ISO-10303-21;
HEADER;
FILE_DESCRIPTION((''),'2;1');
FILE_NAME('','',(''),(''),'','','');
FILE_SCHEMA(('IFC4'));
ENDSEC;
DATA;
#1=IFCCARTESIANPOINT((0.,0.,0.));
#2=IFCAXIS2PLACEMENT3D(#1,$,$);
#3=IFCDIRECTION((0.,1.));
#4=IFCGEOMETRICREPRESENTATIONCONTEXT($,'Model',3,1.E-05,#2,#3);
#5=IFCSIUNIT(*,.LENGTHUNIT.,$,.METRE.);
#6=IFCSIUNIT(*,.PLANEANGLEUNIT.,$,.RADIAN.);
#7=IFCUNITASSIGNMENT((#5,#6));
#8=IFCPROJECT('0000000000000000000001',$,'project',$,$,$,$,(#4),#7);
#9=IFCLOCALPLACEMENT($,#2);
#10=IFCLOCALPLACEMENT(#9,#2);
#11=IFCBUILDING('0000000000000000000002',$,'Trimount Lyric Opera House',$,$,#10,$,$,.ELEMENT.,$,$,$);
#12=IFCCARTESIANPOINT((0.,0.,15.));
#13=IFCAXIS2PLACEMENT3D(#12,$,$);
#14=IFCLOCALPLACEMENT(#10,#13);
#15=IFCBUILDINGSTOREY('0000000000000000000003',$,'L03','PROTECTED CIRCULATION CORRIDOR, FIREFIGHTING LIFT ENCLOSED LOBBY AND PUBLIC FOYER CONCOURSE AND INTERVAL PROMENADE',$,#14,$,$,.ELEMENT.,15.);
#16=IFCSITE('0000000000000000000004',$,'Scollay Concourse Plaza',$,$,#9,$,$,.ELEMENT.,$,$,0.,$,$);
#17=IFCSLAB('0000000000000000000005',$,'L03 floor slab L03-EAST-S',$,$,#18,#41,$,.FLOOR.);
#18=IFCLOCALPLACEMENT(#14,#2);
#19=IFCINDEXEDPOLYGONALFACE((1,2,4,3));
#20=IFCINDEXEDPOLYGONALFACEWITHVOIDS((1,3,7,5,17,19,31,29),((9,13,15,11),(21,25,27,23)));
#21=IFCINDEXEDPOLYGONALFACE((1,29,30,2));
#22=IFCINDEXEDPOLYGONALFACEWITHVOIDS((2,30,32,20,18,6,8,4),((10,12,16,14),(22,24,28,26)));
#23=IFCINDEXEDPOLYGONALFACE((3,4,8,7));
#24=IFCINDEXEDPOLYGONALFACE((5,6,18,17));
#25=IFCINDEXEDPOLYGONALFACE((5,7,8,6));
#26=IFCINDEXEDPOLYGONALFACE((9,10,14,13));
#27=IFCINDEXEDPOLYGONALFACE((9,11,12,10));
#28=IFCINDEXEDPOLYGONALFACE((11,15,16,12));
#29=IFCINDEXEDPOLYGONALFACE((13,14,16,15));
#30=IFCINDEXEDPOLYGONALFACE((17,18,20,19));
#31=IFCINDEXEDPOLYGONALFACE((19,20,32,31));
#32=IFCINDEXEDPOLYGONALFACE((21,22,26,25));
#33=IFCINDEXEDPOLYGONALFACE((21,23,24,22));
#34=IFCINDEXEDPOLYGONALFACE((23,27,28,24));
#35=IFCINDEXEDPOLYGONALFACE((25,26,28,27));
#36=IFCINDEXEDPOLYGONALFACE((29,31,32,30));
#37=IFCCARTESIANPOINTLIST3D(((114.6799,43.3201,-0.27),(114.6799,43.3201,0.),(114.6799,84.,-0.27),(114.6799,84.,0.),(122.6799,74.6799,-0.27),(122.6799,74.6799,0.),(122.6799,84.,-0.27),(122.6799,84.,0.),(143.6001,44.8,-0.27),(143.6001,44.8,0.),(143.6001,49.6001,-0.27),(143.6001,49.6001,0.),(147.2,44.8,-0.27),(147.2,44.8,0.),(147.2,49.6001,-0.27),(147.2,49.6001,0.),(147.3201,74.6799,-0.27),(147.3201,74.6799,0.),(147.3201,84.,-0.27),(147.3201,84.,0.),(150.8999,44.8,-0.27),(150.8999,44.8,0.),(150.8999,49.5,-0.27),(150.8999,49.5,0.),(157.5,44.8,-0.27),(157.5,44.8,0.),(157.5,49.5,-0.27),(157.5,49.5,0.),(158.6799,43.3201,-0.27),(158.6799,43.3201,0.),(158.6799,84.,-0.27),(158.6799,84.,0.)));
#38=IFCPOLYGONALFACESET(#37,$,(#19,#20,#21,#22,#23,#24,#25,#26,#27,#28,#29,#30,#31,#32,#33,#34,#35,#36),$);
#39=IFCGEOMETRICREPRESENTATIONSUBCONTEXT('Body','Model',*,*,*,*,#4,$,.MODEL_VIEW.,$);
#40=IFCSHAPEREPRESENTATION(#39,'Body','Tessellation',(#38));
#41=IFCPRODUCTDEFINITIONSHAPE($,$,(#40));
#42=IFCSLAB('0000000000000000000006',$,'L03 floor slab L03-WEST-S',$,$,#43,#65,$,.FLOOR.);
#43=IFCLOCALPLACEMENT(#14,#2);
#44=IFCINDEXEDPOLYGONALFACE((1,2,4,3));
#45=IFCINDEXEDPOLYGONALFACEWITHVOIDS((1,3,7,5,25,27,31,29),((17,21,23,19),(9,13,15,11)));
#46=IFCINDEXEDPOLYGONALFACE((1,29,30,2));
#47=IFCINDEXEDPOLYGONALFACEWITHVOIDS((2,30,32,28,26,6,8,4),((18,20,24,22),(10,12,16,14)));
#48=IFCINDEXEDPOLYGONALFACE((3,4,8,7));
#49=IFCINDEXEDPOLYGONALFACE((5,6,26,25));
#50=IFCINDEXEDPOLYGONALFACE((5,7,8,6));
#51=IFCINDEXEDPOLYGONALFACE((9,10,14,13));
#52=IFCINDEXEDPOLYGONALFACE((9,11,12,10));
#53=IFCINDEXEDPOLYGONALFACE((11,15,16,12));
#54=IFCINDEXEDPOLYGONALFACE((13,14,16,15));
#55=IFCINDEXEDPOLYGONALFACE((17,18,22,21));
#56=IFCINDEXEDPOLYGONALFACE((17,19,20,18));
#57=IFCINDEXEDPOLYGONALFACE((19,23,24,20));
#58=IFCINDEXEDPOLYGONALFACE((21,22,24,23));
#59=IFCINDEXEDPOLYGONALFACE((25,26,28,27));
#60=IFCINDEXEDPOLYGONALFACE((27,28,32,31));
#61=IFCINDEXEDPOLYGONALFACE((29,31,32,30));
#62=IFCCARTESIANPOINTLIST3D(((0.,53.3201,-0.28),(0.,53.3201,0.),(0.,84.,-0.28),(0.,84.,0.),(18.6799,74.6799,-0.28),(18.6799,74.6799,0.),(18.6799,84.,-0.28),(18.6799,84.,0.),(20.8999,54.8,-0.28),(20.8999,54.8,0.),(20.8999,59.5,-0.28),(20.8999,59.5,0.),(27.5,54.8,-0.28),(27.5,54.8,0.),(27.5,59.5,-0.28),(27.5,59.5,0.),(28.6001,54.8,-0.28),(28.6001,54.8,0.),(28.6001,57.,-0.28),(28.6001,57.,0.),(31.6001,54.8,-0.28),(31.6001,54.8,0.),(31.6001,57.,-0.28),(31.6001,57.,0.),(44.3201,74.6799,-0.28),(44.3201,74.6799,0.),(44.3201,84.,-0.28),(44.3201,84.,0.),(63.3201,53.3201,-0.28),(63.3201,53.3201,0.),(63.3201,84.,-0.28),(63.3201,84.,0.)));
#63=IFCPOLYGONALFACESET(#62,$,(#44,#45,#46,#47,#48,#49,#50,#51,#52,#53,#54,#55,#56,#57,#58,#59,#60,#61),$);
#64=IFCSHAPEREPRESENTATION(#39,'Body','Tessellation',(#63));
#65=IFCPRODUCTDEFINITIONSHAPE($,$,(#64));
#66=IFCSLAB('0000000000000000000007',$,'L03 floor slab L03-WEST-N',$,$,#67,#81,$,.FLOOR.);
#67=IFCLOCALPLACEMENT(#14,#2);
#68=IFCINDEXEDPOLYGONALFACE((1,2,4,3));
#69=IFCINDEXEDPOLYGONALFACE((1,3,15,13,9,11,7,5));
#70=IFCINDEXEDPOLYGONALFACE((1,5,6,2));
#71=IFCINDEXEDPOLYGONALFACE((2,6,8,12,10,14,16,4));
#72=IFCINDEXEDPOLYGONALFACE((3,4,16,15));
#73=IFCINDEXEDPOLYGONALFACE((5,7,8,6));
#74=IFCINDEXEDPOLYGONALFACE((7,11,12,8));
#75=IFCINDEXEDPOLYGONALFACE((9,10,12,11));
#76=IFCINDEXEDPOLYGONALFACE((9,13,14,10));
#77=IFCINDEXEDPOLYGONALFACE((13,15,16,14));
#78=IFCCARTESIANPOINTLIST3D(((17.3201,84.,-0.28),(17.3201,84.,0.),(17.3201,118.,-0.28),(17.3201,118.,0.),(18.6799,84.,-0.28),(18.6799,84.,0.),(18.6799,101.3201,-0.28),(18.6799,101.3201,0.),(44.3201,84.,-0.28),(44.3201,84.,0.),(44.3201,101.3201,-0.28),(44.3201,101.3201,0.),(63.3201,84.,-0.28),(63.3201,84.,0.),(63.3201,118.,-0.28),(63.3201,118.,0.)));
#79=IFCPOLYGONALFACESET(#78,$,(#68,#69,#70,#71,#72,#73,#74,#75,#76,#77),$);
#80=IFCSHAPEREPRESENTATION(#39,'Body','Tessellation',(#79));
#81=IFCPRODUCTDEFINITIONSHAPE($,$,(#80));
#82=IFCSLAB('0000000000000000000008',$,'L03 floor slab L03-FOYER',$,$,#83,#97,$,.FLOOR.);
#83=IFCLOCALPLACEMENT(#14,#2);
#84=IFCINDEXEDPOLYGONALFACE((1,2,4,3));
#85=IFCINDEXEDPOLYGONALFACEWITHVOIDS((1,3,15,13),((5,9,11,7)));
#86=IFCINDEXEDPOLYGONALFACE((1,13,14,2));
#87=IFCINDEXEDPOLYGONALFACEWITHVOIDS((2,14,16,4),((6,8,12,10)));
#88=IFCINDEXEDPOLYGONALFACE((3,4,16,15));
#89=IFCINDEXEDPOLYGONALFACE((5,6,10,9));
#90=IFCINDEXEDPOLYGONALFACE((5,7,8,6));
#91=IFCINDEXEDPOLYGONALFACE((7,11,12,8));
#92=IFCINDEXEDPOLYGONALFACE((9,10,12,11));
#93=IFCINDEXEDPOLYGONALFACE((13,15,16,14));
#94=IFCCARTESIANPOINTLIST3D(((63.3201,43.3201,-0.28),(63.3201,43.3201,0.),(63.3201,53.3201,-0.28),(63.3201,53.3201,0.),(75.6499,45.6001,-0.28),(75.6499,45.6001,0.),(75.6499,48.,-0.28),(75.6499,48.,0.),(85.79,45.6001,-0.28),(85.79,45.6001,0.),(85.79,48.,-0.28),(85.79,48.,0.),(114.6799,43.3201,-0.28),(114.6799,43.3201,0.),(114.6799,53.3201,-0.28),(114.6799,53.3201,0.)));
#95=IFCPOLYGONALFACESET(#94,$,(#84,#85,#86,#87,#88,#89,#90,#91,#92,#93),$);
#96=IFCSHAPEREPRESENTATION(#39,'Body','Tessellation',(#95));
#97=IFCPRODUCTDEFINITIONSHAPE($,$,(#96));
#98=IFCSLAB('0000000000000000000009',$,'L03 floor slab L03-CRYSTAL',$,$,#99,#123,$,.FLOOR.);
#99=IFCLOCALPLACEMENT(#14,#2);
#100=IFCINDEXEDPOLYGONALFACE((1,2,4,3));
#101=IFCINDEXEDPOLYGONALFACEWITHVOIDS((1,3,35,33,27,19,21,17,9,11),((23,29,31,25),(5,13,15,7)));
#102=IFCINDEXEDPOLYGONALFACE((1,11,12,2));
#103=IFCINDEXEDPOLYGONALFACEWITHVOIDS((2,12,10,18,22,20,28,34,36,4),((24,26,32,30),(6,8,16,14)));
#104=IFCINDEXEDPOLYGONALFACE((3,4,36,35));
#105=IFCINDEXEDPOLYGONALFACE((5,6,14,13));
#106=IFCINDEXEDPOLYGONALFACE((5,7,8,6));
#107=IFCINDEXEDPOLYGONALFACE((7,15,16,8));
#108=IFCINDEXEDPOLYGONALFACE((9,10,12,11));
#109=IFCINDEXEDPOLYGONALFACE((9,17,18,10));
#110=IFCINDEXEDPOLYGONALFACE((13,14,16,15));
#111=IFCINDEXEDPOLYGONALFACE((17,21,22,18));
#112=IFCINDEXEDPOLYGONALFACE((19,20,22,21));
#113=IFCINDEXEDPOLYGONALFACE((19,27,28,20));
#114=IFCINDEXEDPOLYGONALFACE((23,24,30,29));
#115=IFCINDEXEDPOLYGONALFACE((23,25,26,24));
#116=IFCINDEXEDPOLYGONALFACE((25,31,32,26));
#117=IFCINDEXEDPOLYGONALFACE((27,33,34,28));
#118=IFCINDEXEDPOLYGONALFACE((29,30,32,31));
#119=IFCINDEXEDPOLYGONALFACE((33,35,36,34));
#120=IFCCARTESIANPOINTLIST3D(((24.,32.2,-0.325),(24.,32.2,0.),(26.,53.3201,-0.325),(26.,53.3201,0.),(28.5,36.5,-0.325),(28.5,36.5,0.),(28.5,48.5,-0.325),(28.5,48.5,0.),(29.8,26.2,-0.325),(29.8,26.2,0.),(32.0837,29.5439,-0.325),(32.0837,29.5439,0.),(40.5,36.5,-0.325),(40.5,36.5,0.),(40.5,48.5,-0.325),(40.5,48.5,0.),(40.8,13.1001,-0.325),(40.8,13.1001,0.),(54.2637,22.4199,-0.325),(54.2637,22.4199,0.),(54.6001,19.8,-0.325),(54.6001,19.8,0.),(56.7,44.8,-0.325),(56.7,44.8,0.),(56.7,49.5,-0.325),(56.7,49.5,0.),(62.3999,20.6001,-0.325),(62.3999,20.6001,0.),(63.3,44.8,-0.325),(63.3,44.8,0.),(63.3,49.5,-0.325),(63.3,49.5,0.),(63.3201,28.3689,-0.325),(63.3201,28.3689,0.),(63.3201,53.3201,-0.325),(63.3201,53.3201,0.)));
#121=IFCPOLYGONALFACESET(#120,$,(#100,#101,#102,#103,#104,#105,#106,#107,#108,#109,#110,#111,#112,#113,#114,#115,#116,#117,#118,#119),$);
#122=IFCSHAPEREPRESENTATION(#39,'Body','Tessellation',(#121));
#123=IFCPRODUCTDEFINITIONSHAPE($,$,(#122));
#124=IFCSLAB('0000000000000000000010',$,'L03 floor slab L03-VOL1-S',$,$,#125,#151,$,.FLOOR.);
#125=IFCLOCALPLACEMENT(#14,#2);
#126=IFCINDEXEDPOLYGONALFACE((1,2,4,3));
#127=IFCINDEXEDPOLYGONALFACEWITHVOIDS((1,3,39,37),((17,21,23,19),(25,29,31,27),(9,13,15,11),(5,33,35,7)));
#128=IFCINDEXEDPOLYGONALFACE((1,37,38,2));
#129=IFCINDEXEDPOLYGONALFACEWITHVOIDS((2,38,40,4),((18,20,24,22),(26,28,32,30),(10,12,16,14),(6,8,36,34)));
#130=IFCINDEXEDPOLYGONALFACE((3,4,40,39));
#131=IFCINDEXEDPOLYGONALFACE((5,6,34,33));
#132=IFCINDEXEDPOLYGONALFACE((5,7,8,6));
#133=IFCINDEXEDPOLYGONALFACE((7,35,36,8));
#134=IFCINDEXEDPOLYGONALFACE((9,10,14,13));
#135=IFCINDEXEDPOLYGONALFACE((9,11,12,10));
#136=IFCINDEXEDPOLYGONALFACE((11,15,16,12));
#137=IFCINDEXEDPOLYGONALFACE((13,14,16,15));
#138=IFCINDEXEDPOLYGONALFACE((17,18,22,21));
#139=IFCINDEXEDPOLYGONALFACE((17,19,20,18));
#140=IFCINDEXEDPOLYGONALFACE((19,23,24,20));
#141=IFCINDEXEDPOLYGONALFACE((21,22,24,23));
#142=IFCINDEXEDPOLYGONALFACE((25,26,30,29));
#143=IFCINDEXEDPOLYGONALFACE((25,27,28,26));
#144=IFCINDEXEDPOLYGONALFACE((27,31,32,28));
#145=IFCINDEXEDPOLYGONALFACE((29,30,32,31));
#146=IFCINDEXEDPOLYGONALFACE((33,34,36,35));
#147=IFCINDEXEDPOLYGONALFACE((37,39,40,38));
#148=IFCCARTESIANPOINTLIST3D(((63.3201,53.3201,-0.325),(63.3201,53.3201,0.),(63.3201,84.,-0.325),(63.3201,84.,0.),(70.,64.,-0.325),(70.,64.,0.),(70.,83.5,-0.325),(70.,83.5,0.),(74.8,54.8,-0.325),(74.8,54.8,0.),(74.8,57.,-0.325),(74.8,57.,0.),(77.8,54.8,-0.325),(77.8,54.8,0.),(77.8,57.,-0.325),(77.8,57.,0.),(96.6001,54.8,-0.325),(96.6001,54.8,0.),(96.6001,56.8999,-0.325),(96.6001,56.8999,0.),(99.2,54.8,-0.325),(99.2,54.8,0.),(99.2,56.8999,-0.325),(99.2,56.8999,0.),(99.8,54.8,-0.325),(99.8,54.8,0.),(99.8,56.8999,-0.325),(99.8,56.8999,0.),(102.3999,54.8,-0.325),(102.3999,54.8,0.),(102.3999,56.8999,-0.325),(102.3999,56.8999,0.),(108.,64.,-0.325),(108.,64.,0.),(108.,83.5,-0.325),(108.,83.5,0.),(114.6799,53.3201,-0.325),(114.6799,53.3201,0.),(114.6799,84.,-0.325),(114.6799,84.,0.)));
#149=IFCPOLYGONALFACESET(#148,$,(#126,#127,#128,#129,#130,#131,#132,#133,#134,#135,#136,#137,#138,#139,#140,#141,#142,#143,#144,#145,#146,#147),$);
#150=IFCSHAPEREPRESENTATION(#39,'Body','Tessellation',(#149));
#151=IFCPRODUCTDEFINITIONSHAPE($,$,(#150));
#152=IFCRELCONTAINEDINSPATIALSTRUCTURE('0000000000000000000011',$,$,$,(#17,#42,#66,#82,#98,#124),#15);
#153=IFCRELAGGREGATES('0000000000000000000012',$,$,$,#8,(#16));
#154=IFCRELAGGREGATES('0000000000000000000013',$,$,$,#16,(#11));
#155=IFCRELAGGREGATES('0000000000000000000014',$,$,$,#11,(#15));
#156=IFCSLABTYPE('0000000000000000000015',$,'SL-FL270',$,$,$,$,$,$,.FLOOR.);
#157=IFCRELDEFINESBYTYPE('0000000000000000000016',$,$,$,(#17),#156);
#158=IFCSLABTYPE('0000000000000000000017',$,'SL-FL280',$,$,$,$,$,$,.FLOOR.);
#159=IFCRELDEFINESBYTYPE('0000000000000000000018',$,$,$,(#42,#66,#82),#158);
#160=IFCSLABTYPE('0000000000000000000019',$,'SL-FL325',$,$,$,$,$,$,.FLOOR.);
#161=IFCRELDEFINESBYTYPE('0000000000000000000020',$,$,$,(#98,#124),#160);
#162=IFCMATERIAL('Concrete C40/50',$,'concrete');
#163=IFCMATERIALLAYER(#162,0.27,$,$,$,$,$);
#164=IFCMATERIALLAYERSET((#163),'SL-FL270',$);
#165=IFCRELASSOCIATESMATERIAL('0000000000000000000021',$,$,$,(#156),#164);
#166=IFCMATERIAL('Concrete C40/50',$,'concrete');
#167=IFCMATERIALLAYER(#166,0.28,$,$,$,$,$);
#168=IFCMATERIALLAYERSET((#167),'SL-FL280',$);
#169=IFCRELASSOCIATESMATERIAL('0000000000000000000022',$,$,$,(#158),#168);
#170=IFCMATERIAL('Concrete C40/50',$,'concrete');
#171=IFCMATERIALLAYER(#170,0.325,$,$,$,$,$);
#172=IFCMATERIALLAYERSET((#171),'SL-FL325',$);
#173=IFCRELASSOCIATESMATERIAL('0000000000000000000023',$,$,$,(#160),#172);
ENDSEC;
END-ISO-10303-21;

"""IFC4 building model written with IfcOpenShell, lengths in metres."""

from ifc_helpers import new_model, si_unit, direction, frame, origin, place, context, subcontext, project, spatial, polyline, outline, extrude, material, layer, layer_set, type_object, element, save


model = new_model("IFC4")

# Units and contexts
model_context = context("Model", 3, precision=1e-05, world=origin(), true_north=direction((0.0, 1.0)))
body_context = subcontext(model_context, "Body", "Model", "MODEL_VIEW")
ifc_project = project(units=[si_unit("LENGTHUNIT", "METRE"), si_unit("PLANEANGLEUNIT", "RADIAN")], contexts=[model_context])

# Site, building, storey
site_placement = place(None, origin())
site = spatial("IfcSite", under=ifc_project, at=site_placement, Name="Scollay Concourse Plaza", CompositionType="ELEMENT", RefElevation=0.0)
building_placement = place(site_placement, origin())
building = spatial("IfcBuilding", under=site, at=building_placement, Name="Trimount Lyric Opera House", CompositionType="ELEMENT")
storey_placement = place(building_placement, frame((0.0, 0.0, 15.0)))
storey = spatial("IfcBuildingStorey", under=building, at=storey_placement, Name="L03", Description="PROTECTED CIRCULATION CORRIDOR, FIREFIGHTING LIFT ENCLOSED LOBBY AND PUBLIC FOYER CONCOURSE AND INTERVAL PROMENADE", CompositionType="ELEMENT", Elevation=15.0)

# Slabs
ifc_material_1 = material(Name="Concrete C40/50", Category="concrete")
ifc_layer_1 = layer(ifc_material_1, 0.27)
ifc_layer_set_1 = layer_set([ifc_layer_1], Name="SL-FL270")
slab_type_1 = type_object("IfcSlabType", Name="SL-FL270", PredefinedType="FLOOR", material=ifc_layer_set_1)
slab_1_placement = place(storey_placement, frame((0.0, 0.0, -0.27)))
element("IfcSlab", 1, at=slab_1_placement, inside=storey, type_object=slab_type_1, Name="L03 floor slab L03-EAST-S", PredefinedType="FLOOR", context=body_context, shape_type="SweptSolid", body=[
    extrude(outline(polyline([(114.6799, 43.3201), (114.6799, 84.0), (122.6799, 84.0), (122.6799, 74.6799), (147.3201, 74.6799), (147.3201, 84.0), (158.6799, 84.0), (158.6799, 43.3201), (114.6799, 43.3201)]), holes=[polyline([(157.5, 49.5), (150.8999, 49.5), (150.8999, 44.8), (157.5, 44.8), (157.5, 49.5)]), polyline([(147.2, 49.6001), (143.6001, 49.6001), (143.6001, 44.8), (147.2, 44.8), (147.2, 49.6001)])]), origin(), (0.0, 0.0, 1.0), 0.27),
])
ifc_material_2 = material(Name="Concrete C40/50", Category="concrete")
ifc_layer_2 = layer(ifc_material_2, 0.28)
ifc_layer_set_2 = layer_set([ifc_layer_2], Name="SL-FL280")
slab_type_2 = type_object("IfcSlabType", Name="SL-FL280", PredefinedType="FLOOR", material=ifc_layer_set_2)
slab_2_placement = place(storey_placement, frame((0.0, 0.0, -0.28)))
element("IfcSlab", 2, at=slab_2_placement, inside=storey, type_object=slab_type_2, Name="L03 floor slab L03-WEST-S", PredefinedType="FLOOR", context=body_context, shape_type="SweptSolid", body=[
    extrude(outline(polyline([(0.0, 53.3201), (0.0, 84.0), (18.6799, 84.0), (18.6799, 74.6799), (44.3201, 74.6799), (44.3201, 84.0), (63.3201, 84.0), (63.3201, 53.3201), (0.0, 53.3201)]), holes=[polyline([(31.6001, 57.0), (28.6001, 57.0), (28.6001, 54.8), (31.6001, 54.8), (31.6001, 57.0)]), polyline([(27.5, 59.5), (20.8999, 59.5), (20.8999, 54.8), (27.5, 54.8), (27.5, 59.5)])]), origin(), (0.0, 0.0, 1.0), 0.28),
])
slab_3_placement = place(storey_placement, frame((0.0, 0.0, -0.28)))
element("IfcSlab", 3, at=slab_3_placement, inside=storey, type_object=slab_type_2, Name="L03 floor slab L03-WEST-N", PredefinedType="FLOOR", context=body_context, shape_type="SweptSolid", body=[
    extrude(outline(polyline([(63.3201, 118.0), (63.3201, 84.0), (44.3201, 84.0), (44.3201, 101.3201), (18.6799, 101.3201), (18.6799, 84.0), (17.3201, 84.0), (17.3201, 118.0), (63.3201, 118.0)])), origin(), (0.0, 0.0, 1.0), 0.28),
])
slab_4_placement = place(storey_placement, frame((0.0, 0.0, -0.28)))
element("IfcSlab", 4, at=slab_4_placement, inside=storey, type_object=slab_type_2, Name="L03 floor slab L03-FOYER", PredefinedType="FLOOR", context=body_context, shape_type="SweptSolid", body=[
    extrude(outline(polyline([(114.6799, 43.3201), (63.3201, 43.3201), (63.3201, 53.3201), (114.6799, 53.3201), (114.6799, 43.3201)]), holes=[polyline([(85.79, 48.0), (75.6499, 48.0), (75.6499, 45.6001), (85.79, 45.6001), (85.79, 48.0)])]), origin(), (0.0, 0.0, 1.0), 0.28),
])
ifc_material_3 = material(Name="Concrete C40/50", Category="concrete")
ifc_layer_3 = layer(ifc_material_3, 0.325)
ifc_layer_set_3 = layer_set([ifc_layer_3], Name="SL-FL325")
slab_type_3 = type_object("IfcSlabType", Name="SL-FL325", PredefinedType="FLOOR", material=ifc_layer_set_3)
slab_5_placement = place(storey_placement, frame((0.0, 0.0, -0.325)))
element("IfcSlab", 5, at=slab_5_placement, inside=storey, type_object=slab_type_3, Name="L03 floor slab L03-CRYSTAL", PredefinedType="FLOOR", context=body_context, shape_type="SweptSolid", body=[
    extrude(outline(polyline([(32.0837, 29.5439), (24.0, 32.2), (26.0, 53.3201), (63.3201, 53.3201), (63.3201, 28.3689), (62.3999, 20.6001), (54.2637, 22.4199), (54.6001, 19.8), (40.8, 13.1001), (29.8, 26.2), (32.0837, 29.5439)]), holes=[polyline([(56.7, 49.5), (56.7, 44.8), (63.3, 44.8), (63.3, 49.5), (56.7, 49.5)]), polyline([(28.5, 48.5), (28.5, 36.5), (40.5, 36.5), (40.5, 48.5), (28.5, 48.5)])]), origin(), (0.0, 0.0, 1.0), 0.325),
])
slab_6_placement = place(storey_placement, frame((0.0, 0.0, -0.325)))
element("IfcSlab", 6, at=slab_6_placement, inside=storey, type_object=slab_type_3, Name="L03 floor slab L03-VOL1-S", PredefinedType="FLOOR", context=body_context, shape_type="SweptSolid", body=[
    extrude(outline(polyline([(114.6799, 84.0), (114.6799, 53.3201), (63.3201, 53.3201), (63.3201, 84.0), (114.6799, 84.0)]), holes=[polyline([(70.0, 64.0), (108.0, 64.0), (108.0, 83.5), (70.0, 83.5), (70.0, 64.0)]), polyline([(102.3999, 56.8999), (99.8, 56.8999), (99.8, 54.8), (102.3999, 54.8), (102.3999, 56.8999)]), polyline([(99.2, 56.8999), (96.6001, 56.8999), (96.6001, 54.8), (99.2, 54.8), (99.2, 56.8999)]), polyline([(77.8, 57.0), (74.8, 57.0), (74.8, 54.8), (77.8, 54.8), (77.8, 57.0)])]), origin(), (0.0, 0.0, 1.0), 0.325),
])

save(model, "model.ifc")
